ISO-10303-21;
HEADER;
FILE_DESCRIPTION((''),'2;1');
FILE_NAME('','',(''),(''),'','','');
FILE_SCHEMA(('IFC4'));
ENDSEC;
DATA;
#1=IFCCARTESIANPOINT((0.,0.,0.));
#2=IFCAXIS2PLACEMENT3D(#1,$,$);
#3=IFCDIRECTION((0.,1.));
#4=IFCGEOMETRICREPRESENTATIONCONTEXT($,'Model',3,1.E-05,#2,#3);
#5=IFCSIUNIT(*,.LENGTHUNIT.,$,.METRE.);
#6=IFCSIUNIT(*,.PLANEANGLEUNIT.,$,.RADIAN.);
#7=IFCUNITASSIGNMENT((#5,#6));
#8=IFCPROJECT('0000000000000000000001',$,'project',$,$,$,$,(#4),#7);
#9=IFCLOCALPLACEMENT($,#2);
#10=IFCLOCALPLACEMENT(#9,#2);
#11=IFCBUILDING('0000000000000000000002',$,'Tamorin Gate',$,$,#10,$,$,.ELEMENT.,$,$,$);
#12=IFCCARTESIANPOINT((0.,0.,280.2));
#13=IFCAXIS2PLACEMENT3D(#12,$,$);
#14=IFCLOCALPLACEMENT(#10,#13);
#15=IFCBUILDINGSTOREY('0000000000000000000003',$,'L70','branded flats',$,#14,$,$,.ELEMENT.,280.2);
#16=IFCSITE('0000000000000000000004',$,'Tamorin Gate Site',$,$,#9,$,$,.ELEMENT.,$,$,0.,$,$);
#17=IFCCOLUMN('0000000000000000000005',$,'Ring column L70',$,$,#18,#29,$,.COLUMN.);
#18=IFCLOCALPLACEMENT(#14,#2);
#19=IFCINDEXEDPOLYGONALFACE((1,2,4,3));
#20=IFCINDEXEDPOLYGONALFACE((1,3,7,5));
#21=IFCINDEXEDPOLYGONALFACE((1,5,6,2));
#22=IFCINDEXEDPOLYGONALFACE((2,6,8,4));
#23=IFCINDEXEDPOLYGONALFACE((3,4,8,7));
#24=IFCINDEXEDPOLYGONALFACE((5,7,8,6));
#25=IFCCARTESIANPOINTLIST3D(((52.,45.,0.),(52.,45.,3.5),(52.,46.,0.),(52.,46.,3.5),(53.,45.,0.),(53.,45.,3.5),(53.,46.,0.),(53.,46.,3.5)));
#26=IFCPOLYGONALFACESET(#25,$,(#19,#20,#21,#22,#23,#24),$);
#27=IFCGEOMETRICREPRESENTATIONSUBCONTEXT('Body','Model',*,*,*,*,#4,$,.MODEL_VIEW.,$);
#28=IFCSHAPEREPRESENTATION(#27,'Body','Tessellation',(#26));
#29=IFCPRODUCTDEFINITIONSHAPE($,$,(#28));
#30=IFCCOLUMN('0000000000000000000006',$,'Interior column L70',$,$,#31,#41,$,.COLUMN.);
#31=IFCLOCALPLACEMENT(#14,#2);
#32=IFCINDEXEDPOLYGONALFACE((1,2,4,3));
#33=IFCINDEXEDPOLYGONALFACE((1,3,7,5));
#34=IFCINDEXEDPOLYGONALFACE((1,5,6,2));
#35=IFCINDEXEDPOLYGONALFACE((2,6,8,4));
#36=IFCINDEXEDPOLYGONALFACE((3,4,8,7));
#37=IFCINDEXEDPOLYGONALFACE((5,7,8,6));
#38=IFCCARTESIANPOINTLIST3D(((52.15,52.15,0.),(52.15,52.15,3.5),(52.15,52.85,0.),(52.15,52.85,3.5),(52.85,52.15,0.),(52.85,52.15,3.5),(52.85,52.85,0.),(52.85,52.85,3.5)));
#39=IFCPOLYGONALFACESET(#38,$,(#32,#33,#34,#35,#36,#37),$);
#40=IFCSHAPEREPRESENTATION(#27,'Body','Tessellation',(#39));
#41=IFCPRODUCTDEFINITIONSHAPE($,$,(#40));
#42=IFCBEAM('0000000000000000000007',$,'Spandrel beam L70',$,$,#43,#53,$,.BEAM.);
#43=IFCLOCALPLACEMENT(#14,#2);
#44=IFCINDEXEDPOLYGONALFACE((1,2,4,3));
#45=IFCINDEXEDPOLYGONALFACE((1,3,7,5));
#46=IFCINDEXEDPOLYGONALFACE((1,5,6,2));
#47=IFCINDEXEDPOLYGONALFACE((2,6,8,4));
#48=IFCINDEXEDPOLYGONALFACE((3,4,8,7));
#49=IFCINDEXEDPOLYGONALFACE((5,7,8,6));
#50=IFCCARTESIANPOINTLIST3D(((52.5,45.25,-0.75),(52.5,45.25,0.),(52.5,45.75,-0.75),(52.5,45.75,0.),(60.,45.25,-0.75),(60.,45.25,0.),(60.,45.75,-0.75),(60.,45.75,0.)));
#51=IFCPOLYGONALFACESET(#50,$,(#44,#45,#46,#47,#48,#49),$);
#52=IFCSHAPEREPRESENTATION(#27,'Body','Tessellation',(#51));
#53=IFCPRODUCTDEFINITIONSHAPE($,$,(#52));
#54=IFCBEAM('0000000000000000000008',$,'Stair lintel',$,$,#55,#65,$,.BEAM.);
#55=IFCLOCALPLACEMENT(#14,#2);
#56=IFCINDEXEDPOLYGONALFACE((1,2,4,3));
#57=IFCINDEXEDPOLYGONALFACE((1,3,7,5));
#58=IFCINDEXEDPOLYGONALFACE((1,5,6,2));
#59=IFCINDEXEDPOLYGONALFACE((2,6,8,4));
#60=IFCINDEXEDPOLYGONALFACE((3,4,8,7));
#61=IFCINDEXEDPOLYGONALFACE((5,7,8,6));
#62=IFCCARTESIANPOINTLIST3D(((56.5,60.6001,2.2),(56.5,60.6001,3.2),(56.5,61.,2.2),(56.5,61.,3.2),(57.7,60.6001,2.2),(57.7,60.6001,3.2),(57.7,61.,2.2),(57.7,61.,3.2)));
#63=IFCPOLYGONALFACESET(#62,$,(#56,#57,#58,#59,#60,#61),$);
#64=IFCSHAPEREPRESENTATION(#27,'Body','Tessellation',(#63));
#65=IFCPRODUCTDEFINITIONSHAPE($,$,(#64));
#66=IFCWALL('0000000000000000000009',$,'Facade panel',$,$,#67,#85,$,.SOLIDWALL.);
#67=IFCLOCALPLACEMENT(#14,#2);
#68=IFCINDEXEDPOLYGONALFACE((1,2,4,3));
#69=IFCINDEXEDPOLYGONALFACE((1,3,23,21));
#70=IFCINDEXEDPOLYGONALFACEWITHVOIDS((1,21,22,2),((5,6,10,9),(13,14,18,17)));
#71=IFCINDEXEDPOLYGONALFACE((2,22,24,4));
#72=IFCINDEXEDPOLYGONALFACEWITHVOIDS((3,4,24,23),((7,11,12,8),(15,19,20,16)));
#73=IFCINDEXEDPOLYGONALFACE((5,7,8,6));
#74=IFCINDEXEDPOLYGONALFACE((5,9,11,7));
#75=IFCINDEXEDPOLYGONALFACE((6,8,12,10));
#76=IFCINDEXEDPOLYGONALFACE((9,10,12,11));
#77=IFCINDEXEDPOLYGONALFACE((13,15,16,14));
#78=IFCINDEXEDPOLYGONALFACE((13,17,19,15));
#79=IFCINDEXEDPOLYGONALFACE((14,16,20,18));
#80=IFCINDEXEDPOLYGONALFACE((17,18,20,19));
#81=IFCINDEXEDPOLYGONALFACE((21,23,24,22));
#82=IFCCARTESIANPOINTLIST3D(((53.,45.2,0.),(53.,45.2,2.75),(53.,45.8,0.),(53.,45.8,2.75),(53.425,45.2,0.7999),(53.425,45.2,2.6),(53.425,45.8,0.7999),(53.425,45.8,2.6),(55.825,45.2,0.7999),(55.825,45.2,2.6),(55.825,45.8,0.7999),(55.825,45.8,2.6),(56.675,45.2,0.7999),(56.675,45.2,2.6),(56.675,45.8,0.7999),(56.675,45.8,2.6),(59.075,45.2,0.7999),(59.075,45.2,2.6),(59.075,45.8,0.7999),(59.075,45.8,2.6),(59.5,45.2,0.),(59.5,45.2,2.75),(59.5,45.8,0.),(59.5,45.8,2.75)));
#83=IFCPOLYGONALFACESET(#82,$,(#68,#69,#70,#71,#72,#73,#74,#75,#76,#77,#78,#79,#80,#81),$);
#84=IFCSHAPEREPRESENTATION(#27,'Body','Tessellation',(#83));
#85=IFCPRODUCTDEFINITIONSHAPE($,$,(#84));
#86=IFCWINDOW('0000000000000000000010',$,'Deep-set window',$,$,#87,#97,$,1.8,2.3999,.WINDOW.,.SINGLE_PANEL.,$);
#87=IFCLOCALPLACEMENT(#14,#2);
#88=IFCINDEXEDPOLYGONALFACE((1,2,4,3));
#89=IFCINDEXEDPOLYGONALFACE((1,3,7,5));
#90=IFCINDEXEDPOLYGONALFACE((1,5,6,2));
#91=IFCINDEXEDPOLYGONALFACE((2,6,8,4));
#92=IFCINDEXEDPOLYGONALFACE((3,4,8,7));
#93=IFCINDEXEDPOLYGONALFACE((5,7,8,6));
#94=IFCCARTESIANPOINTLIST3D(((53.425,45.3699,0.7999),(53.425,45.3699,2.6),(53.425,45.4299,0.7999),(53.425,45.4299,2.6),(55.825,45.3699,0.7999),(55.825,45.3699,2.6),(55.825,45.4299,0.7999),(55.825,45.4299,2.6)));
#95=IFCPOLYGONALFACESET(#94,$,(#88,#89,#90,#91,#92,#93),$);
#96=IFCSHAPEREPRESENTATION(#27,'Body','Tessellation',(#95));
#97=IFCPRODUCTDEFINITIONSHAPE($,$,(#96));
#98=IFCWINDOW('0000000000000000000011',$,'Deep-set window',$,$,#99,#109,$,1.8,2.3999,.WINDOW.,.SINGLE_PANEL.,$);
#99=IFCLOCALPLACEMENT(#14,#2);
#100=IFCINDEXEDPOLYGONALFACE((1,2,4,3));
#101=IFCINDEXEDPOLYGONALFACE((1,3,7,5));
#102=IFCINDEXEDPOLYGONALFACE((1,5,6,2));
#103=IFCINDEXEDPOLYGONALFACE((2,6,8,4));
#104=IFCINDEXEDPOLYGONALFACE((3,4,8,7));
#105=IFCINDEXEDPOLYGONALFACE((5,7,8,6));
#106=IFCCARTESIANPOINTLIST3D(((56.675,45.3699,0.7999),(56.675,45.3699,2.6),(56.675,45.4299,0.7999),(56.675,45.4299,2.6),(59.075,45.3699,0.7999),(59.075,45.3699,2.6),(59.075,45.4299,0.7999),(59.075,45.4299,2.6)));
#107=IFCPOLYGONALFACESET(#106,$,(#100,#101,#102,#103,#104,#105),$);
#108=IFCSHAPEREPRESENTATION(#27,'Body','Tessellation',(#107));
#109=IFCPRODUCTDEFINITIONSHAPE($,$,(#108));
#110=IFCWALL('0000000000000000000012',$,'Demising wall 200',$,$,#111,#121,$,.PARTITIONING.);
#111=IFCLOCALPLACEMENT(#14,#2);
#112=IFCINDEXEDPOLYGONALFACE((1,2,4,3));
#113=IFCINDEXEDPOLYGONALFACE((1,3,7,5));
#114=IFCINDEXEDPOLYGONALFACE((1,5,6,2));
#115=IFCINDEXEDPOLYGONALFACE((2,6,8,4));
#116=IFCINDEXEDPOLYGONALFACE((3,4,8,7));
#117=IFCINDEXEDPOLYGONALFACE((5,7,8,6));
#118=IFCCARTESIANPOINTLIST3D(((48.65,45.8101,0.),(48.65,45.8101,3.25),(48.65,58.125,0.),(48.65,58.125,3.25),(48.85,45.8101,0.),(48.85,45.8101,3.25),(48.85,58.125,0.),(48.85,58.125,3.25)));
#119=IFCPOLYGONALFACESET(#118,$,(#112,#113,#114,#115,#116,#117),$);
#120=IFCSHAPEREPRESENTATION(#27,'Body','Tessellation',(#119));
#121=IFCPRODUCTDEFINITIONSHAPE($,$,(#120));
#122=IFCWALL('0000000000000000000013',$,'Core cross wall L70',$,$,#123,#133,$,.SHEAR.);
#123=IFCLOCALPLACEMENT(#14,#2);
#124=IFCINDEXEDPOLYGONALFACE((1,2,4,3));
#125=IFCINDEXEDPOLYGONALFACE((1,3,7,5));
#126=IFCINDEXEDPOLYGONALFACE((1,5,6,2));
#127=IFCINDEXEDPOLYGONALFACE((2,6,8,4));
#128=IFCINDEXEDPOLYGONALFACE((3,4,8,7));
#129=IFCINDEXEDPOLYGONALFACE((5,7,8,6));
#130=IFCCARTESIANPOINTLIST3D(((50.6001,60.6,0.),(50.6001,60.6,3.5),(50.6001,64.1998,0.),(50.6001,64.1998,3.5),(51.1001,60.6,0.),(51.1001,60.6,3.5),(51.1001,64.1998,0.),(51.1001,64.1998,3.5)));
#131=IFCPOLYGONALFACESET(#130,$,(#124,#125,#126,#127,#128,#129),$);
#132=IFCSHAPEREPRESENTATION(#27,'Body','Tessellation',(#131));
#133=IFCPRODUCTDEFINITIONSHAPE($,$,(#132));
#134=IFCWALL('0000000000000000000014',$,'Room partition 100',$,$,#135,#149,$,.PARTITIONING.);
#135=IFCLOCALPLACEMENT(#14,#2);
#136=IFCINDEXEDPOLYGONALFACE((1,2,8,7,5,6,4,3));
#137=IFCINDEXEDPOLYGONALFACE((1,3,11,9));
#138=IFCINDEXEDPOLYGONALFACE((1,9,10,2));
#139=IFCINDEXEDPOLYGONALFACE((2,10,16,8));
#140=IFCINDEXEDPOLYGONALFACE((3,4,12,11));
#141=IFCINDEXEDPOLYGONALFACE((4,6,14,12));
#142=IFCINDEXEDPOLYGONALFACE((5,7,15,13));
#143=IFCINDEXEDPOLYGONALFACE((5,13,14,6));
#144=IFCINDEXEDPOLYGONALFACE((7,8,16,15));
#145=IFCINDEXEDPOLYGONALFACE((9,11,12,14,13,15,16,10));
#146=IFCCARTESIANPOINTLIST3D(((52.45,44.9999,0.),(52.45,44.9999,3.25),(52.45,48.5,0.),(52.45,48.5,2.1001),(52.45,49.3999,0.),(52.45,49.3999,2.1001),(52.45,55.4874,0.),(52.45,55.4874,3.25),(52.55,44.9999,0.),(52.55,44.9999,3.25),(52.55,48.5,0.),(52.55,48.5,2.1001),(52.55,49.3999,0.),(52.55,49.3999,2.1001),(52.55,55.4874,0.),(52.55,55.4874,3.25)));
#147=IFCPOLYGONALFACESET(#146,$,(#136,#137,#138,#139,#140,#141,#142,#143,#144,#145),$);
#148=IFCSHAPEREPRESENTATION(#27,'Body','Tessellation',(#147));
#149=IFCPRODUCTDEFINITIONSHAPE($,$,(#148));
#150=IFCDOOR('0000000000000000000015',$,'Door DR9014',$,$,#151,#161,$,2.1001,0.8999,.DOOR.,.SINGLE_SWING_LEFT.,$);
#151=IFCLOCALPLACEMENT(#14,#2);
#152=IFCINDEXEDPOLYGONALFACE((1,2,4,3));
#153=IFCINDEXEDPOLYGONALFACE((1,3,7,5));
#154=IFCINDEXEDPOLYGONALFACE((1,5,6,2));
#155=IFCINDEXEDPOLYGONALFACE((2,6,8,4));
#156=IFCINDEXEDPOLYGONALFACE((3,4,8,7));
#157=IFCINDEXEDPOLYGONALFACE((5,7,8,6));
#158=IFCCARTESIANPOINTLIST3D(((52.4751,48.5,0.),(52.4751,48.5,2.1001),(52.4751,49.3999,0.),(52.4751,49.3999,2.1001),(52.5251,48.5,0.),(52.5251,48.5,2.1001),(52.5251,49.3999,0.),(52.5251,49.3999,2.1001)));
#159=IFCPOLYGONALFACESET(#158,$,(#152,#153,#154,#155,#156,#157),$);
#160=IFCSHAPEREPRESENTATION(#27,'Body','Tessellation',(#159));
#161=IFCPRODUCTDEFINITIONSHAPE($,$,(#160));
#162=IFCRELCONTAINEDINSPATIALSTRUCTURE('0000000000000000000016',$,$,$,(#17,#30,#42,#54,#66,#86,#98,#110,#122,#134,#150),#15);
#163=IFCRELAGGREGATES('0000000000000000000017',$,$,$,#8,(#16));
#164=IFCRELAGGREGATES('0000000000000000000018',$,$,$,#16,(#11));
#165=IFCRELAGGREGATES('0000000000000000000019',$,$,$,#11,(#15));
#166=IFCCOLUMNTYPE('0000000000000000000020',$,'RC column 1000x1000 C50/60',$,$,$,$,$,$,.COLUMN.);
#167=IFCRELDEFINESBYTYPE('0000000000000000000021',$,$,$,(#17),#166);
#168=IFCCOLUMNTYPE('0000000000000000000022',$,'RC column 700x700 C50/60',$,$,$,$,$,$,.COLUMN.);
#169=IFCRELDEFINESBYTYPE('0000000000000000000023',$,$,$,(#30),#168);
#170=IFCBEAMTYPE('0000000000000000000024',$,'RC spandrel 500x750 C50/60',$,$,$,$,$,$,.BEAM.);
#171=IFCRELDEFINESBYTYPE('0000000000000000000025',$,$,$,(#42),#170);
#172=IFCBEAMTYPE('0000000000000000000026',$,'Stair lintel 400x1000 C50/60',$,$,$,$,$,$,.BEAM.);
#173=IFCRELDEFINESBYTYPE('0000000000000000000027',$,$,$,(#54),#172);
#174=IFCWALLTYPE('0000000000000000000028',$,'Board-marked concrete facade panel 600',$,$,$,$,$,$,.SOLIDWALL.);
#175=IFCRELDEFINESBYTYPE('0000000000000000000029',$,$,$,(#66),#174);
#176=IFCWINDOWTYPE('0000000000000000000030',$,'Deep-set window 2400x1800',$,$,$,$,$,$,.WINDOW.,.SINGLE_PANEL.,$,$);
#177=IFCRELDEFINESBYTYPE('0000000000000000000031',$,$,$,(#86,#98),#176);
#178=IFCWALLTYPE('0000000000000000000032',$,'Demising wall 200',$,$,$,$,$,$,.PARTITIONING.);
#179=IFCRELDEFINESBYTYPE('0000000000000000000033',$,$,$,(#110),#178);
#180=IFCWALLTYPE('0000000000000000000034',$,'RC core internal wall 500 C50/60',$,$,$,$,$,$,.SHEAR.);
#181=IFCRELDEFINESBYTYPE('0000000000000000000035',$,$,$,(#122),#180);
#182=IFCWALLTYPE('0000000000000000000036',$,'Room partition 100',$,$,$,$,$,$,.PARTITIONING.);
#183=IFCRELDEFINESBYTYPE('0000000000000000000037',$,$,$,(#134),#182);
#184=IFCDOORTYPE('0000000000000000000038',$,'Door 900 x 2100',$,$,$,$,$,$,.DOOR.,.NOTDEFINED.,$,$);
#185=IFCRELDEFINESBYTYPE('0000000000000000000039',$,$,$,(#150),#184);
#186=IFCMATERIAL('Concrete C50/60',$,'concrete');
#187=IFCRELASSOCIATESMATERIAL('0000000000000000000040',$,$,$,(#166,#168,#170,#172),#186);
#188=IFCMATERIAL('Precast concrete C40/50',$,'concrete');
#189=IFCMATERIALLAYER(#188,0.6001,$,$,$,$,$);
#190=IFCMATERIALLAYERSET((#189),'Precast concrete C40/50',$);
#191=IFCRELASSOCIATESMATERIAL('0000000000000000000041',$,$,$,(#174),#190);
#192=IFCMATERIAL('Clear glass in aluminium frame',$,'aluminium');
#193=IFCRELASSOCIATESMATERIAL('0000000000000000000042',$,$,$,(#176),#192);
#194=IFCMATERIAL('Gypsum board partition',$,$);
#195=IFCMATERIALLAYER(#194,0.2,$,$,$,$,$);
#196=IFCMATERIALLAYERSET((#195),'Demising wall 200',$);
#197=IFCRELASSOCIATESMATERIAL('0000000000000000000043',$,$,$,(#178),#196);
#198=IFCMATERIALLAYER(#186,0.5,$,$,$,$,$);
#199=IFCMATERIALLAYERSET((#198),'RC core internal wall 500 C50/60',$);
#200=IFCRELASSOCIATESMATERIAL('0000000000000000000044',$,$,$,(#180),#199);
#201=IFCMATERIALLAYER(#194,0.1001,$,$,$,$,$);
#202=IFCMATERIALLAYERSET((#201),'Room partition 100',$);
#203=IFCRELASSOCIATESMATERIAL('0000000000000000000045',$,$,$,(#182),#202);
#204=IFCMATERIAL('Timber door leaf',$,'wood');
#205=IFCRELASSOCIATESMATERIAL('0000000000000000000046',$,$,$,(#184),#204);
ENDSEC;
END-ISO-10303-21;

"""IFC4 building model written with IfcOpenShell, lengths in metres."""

from ifc_helpers import new_model, si_unit, direction, frame, frame_2d, origin, origin_2d, place, context, subcontext, project, spatial, rectangle, extrude, material, layer, layer_set, material_profile, profile_set, type_object, element, fill, save


model = new_model("IFC4")

# Units and contexts
model_context = context("Model", 3, precision=1e-05, world=origin(), true_north=direction((0.0, 1.0)))
body_context = subcontext(model_context, "Body", "Model", "MODEL_VIEW")
ifc_project = project(units=[si_unit("LENGTHUNIT", "METRE"), si_unit("PLANEANGLEUNIT", "RADIAN")], contexts=[model_context])

# Site, building, storey
site_placement = place(None, origin())
site = spatial("IfcSite", under=ifc_project, at=site_placement, Name="Tamorin Gate Site", CompositionType="ELEMENT", RefElevation=0.0)
building_placement = place(site_placement, origin())
building = spatial("IfcBuilding", under=site, at=building_placement, Name="Tamorin Gate", CompositionType="ELEMENT")
storey_placement = place(building_placement, frame((0.0, 0.0, 280.2)))
storey = spatial("IfcBuildingStorey", under=building, at=storey_placement, Name="L70", Description="branded flats", CompositionType="ELEMENT", Elevation=280.2)

# Columns
ifc_material_1 = material(Name="Concrete C50/60", Category="concrete")
ifc_material_profile_1 = material_profile(ifc_material_1, rectangle(XDim=1.0, YDim=1.0, at=origin_2d()), Name="RC 1000x1000")
ifc_profile_set_1 = profile_set([ifc_material_profile_1], Name="Concrete C50/60")
column_type_1 = type_object("IfcColumnType", Name="RC column 1000x1000 C50/60", PredefinedType="COLUMN", material=ifc_profile_set_1)
column_1_placement = place(storey_placement, frame((52.5, 45.5, 0.0), z_axis=(0.0, 0.0, 1.0), x_axis=(1.0, 0.0, 0.0)))
element("IfcColumn", 1, at=column_1_placement, inside=storey, type_object=column_type_1, Name="Ring column L70", PredefinedType="COLUMN", context=body_context, shape_type="SweptSolid", body=[
    extrude(rectangle(XDim=1.0, YDim=1.0, at=origin_2d()), origin(), (0.0, 0.0, 1.0), 3.5),
])
ifc_material_profile_2 = material_profile(ifc_material_1, rectangle(XDim=0.7, YDim=0.7, at=origin_2d()), Name="RC 700x700")
ifc_profile_set_2 = profile_set([ifc_material_profile_2], Name="Concrete C50/60")
column_type_2 = type_object("IfcColumnType", Name="RC column 700x700 C50/60", PredefinedType="COLUMN", material=ifc_profile_set_2)
column_2_placement = place(storey_placement, frame((52.5, 52.5, 0.0), z_axis=(0.0, 0.0, 1.0), x_axis=(1.0, 0.0, 0.0)))
element("IfcColumn", 2, at=column_2_placement, inside=storey, type_object=column_type_2, Name="Interior column L70", PredefinedType="COLUMN", context=body_context, shape_type="SweptSolid", body=[
    extrude(rectangle(XDim=0.7, YDim=0.7, at=origin_2d()), origin(), (0.0, 0.0, 1.0), 3.5),
])

# Beams
ifc_material_profile_3 = material_profile(ifc_material_1, rectangle(XDim=0.5, YDim=0.75, at=origin_2d()), Name="RC 500x750")
ifc_profile_set_3 = profile_set([ifc_material_profile_3], Name="Concrete C50/60")
beam_type_1 = type_object("IfcBeamType", Name="RC spandrel 500x750 C50/60", PredefinedType="BEAM", material=ifc_profile_set_3)
beam_1_placement = place(storey_placement, frame((52.5, 45.5, -0.375), z_axis=(1.0, 0.0, 0.0), x_axis=(0.0, 1.0, 0.0)))
element("IfcBeam", 3, at=beam_1_placement, inside=storey, type_object=beam_type_1, Name="Spandrel beam L70", PredefinedType="BEAM", context=body_context, shape_type="SweptSolid", body=[
    extrude(rectangle(XDim=0.5, YDim=0.75, at=origin_2d()), origin(), (0.0, 0.0, 1.0), 7.5),
])
ifc_material_profile_4 = material_profile(ifc_material_1, rectangle(XDim=0.3999, YDim=1.0, at=origin_2d()))
ifc_profile_set_4 = profile_set([ifc_material_profile_4], Name="Concrete C50/60")
beam_type_2 = type_object("IfcBeamType", Name="Stair lintel 400x1000 C50/60", PredefinedType="BEAM", material=ifc_profile_set_4)
beam_2_placement = place(storey_placement, frame((56.5, 60.8, 2.7), z_axis=(1.0, 0.0, 0.0), x_axis=(0.0, 1.0, 0.0)))
element("IfcBeam", 4, at=beam_2_placement, inside=storey, type_object=beam_type_2, Name="Stair lintel", PredefinedType="BEAM", context=body_context, shape_type="SweptSolid", body=[
    extrude(rectangle(XDim=0.3999, YDim=1.0, at=origin_2d()), origin(), (0.0, 0.0, 1.0), 1.2),
])

# Wall, openings, windows
ifc_material_2 = material(Name="Precast concrete C40/50", Category="concrete")
ifc_layer_1 = layer(ifc_material_2, 0.6001)
ifc_layer_set_1 = layer_set([ifc_layer_1], Name="Precast concrete C40/50")
wall_type_1 = type_object("IfcWallType", Name="Board-marked concrete facade panel 600", PredefinedType="SOLIDWALL", material=ifc_layer_set_1)
wall_1_placement = place(storey_placement, frame((53.0, 45.5, 0.0), z_axis=(0.0, 0.0, 1.0), x_axis=(1.0, 0.0, 0.0)))
wall_1 = element("IfcWall", 5, at=wall_1_placement, inside=storey, type_object=wall_type_1, Name="Facade panel", PredefinedType="SOLIDWALL", context=body_context, shape_type="SweptSolid", body=[
    extrude(rectangle(XDim=6.5, YDim=0.6001, at=frame_2d((3.25, 0.0))), origin(), (0.0, 0.0, 1.0), 2.75),
])
opening_1_placement = place(wall_1_placement, frame((0.425, 0.0, 0.8)))
opening_1 = element("IfcOpeningElement", 6, at=opening_1_placement, cuts=wall_1, PredefinedType="OPENING", context=body_context, shape_type="SweptSolid", body=[
    extrude(rectangle(XDim=2.3999, YDim=1.8, at=frame_2d((1.2, 0.8999))), frame((0.0, 0.3101, 0.0), z_axis=(0.0, -1.0, 0.0), x_axis=(1.0, 0.0, 0.0)), (0.0, 0.0, 1.0), 0.6201),
])
opening_2_placement = place(wall_1_placement, frame((3.675, 0.0, 0.8)))
opening_2 = element("IfcOpeningElement", 7, at=opening_2_placement, cuts=wall_1, PredefinedType="OPENING", context=body_context, shape_type="SweptSolid", body=[
    extrude(rectangle(XDim=2.3999, YDim=1.8, at=frame_2d((1.2, 0.8999))), frame((0.0, 0.3101, 0.0), z_axis=(0.0, -1.0, 0.0), x_axis=(1.0, 0.0, 0.0)), (0.0, 0.0, 1.0), 0.6201),
])
ifc_material_3 = material(Name="Clear glass in aluminium frame", Category="aluminium")
window_type = type_object("IfcWindowType", Name="Deep-set window 2400x1800", PartitioningType="SINGLE_PANEL", PredefinedType="WINDOW", material=ifc_material_3)
window_1_placement = place(opening_1_placement, origin())
window_1 = element("IfcWindow", 8, at=window_1_placement, inside=storey, type_object=window_type, Name="Deep-set window", OverallHeight=1.8, OverallWidth=2.3999, PartitioningType="SINGLE_PANEL", PredefinedType="WINDOW", context=body_context, shape_type="SweptSolid", body=[
    extrude(rectangle(XDim=2.3999, YDim=1.8, at=frame_2d((1.2, 0.8999))), frame((0.0, -0.0701, 0.0), z_axis=(0.0, -1.0, 0.0), x_axis=(1.0, 0.0, 0.0)), (0.0, 0.0, 1.0), 0.0601),
])
fill(opening_1, window_1)
window_2_placement = place(opening_2_placement, origin())
window_2 = element("IfcWindow", 9, at=window_2_placement, inside=storey, type_object=window_type, Name="Deep-set window", OverallHeight=1.8, OverallWidth=2.3999, PartitioningType="SINGLE_PANEL", PredefinedType="WINDOW", context=body_context, shape_type="SweptSolid", body=[
    extrude(rectangle(XDim=2.3999, YDim=1.8, at=frame_2d((1.2, 0.8999))), frame((0.0, -0.0701, 0.0), z_axis=(0.0, -1.0, 0.0), x_axis=(1.0, 0.0, 0.0)), (0.0, 0.0, 1.0), 0.0601),
])
fill(opening_2, window_2)

# Walls
ifc_material_4 = material(Name="Gypsum board partition")
ifc_layer_2 = layer(ifc_material_4, 0.2)
ifc_layer_set_2 = layer_set([ifc_layer_2], Name="Demising wall 200")
wall_type_2 = type_object("IfcWallType", Name="Demising wall 200", PredefinedType="PARTITIONING", material=ifc_layer_set_2)
wall_2_placement = place(storey_placement, frame((48.75, 45.8101, 0.0), z_axis=(0.0, 0.0, 1.0), x_axis=(0.0, 1.0, 0.0)))
element("IfcWall", 10, at=wall_2_placement, inside=storey, type_object=wall_type_2, Name="Demising wall 200", PredefinedType="PARTITIONING", context=body_context, shape_type="SweptSolid", body=[
    extrude(rectangle(XDim=12.3149, YDim=0.2, at=frame_2d((6.1575, 0.0))), origin(), (0.0, 0.0, 1.0), 3.25),
])
ifc_layer_3 = layer(ifc_material_1, 0.5)
ifc_layer_set_3 = layer_set([ifc_layer_3], Name="RC core internal wall 500 C50/60")
wall_type_3 = type_object("IfcWallType", Name="RC core internal wall 500 C50/60", PredefinedType="SHEAR", material=ifc_layer_set_3)
wall_3_placement = place(storey_placement, frame((50.8501, 60.6001, 0.0), z_axis=(0.0, 0.0, 1.0), x_axis=(0.0, 1.0, 0.0)))
element("IfcWall", 11, at=wall_3_placement, inside=storey, type_object=wall_type_3, Name="Core cross wall L70", PredefinedType="SHEAR", context=body_context, shape_type="SweptSolid", body=[
    extrude(rectangle(XDim=3.5999, YDim=0.5, at=frame_2d((1.7998, 0.0))), origin(), (0.0, 0.0, 1.0), 3.5),
])

# Wall, opening, door
ifc_layer_4 = layer(ifc_material_4, 0.1001)
ifc_layer_set_4 = layer_set([ifc_layer_4], Name="Room partition 100")
wall_type_4 = type_object("IfcWallType", Name="Room partition 100", PredefinedType="PARTITIONING", material=ifc_layer_set_4)
wall_4_placement = place(storey_placement, frame((52.5, 45.0, 0.0), z_axis=(0.0, 0.0, 1.0), x_axis=(0.0, 1.0, 0.0)))
wall_4 = element("IfcWall", 12, at=wall_4_placement, inside=storey, type_object=wall_type_4, Name="Room partition 100", PredefinedType="PARTITIONING", context=body_context, shape_type="SweptSolid", body=[
    extrude(rectangle(XDim=10.4875, YDim=0.1001, at=frame_2d((5.2437, 0.0))), origin(), (0.0, 0.0, 1.0), 3.25),
])
opening_3_placement = place(wall_4_placement, frame((3.5, 0.0, 0.0)))
opening_3 = element("IfcOpeningElement", 13, at=opening_3_placement, cuts=wall_4, PredefinedType="OPENING", context=body_context, shape_type="SweptSolid", body=[
    extrude(rectangle(XDim=0.8999, YDim=2.1001, at=frame_2d((0.45, 1.05))), frame((0.0, 0.0601, 0.0), z_axis=(0.0, -1.0, 0.0), x_axis=(1.0, 0.0, 0.0)), (0.0, 0.0, 1.0), 0.1201),
])
ifc_material_5 = material(Name="Timber door leaf", Category="wood")
door_type = type_object("IfcDoorType", Name="Door 900 x 2100", OperationType="NOTDEFINED", PredefinedType="DOOR", material=ifc_material_5)
door_1_placement = place(opening_3_placement, origin())
door_1 = element("IfcDoor", 14, at=door_1_placement, inside=storey, type_object=door_type, Name="Door DR9014", OperationType="SINGLE_SWING_LEFT", OverallHeight=2.1001, OverallWidth=0.8999, PredefinedType="DOOR", context=body_context, shape_type="SweptSolid", body=[
    extrude(rectangle(XDim=0.8999, YDim=2.1001, at=frame_2d((0.45, 1.05))), frame((0.0, 0.0249, 0.0), z_axis=(0.0, -1.0, 0.0), x_axis=(1.0, 0.0, 0.0)), (0.0, 0.0, 1.0), 0.05),
])
fill(opening_3, door_1)

save(model, "model.ifc")
